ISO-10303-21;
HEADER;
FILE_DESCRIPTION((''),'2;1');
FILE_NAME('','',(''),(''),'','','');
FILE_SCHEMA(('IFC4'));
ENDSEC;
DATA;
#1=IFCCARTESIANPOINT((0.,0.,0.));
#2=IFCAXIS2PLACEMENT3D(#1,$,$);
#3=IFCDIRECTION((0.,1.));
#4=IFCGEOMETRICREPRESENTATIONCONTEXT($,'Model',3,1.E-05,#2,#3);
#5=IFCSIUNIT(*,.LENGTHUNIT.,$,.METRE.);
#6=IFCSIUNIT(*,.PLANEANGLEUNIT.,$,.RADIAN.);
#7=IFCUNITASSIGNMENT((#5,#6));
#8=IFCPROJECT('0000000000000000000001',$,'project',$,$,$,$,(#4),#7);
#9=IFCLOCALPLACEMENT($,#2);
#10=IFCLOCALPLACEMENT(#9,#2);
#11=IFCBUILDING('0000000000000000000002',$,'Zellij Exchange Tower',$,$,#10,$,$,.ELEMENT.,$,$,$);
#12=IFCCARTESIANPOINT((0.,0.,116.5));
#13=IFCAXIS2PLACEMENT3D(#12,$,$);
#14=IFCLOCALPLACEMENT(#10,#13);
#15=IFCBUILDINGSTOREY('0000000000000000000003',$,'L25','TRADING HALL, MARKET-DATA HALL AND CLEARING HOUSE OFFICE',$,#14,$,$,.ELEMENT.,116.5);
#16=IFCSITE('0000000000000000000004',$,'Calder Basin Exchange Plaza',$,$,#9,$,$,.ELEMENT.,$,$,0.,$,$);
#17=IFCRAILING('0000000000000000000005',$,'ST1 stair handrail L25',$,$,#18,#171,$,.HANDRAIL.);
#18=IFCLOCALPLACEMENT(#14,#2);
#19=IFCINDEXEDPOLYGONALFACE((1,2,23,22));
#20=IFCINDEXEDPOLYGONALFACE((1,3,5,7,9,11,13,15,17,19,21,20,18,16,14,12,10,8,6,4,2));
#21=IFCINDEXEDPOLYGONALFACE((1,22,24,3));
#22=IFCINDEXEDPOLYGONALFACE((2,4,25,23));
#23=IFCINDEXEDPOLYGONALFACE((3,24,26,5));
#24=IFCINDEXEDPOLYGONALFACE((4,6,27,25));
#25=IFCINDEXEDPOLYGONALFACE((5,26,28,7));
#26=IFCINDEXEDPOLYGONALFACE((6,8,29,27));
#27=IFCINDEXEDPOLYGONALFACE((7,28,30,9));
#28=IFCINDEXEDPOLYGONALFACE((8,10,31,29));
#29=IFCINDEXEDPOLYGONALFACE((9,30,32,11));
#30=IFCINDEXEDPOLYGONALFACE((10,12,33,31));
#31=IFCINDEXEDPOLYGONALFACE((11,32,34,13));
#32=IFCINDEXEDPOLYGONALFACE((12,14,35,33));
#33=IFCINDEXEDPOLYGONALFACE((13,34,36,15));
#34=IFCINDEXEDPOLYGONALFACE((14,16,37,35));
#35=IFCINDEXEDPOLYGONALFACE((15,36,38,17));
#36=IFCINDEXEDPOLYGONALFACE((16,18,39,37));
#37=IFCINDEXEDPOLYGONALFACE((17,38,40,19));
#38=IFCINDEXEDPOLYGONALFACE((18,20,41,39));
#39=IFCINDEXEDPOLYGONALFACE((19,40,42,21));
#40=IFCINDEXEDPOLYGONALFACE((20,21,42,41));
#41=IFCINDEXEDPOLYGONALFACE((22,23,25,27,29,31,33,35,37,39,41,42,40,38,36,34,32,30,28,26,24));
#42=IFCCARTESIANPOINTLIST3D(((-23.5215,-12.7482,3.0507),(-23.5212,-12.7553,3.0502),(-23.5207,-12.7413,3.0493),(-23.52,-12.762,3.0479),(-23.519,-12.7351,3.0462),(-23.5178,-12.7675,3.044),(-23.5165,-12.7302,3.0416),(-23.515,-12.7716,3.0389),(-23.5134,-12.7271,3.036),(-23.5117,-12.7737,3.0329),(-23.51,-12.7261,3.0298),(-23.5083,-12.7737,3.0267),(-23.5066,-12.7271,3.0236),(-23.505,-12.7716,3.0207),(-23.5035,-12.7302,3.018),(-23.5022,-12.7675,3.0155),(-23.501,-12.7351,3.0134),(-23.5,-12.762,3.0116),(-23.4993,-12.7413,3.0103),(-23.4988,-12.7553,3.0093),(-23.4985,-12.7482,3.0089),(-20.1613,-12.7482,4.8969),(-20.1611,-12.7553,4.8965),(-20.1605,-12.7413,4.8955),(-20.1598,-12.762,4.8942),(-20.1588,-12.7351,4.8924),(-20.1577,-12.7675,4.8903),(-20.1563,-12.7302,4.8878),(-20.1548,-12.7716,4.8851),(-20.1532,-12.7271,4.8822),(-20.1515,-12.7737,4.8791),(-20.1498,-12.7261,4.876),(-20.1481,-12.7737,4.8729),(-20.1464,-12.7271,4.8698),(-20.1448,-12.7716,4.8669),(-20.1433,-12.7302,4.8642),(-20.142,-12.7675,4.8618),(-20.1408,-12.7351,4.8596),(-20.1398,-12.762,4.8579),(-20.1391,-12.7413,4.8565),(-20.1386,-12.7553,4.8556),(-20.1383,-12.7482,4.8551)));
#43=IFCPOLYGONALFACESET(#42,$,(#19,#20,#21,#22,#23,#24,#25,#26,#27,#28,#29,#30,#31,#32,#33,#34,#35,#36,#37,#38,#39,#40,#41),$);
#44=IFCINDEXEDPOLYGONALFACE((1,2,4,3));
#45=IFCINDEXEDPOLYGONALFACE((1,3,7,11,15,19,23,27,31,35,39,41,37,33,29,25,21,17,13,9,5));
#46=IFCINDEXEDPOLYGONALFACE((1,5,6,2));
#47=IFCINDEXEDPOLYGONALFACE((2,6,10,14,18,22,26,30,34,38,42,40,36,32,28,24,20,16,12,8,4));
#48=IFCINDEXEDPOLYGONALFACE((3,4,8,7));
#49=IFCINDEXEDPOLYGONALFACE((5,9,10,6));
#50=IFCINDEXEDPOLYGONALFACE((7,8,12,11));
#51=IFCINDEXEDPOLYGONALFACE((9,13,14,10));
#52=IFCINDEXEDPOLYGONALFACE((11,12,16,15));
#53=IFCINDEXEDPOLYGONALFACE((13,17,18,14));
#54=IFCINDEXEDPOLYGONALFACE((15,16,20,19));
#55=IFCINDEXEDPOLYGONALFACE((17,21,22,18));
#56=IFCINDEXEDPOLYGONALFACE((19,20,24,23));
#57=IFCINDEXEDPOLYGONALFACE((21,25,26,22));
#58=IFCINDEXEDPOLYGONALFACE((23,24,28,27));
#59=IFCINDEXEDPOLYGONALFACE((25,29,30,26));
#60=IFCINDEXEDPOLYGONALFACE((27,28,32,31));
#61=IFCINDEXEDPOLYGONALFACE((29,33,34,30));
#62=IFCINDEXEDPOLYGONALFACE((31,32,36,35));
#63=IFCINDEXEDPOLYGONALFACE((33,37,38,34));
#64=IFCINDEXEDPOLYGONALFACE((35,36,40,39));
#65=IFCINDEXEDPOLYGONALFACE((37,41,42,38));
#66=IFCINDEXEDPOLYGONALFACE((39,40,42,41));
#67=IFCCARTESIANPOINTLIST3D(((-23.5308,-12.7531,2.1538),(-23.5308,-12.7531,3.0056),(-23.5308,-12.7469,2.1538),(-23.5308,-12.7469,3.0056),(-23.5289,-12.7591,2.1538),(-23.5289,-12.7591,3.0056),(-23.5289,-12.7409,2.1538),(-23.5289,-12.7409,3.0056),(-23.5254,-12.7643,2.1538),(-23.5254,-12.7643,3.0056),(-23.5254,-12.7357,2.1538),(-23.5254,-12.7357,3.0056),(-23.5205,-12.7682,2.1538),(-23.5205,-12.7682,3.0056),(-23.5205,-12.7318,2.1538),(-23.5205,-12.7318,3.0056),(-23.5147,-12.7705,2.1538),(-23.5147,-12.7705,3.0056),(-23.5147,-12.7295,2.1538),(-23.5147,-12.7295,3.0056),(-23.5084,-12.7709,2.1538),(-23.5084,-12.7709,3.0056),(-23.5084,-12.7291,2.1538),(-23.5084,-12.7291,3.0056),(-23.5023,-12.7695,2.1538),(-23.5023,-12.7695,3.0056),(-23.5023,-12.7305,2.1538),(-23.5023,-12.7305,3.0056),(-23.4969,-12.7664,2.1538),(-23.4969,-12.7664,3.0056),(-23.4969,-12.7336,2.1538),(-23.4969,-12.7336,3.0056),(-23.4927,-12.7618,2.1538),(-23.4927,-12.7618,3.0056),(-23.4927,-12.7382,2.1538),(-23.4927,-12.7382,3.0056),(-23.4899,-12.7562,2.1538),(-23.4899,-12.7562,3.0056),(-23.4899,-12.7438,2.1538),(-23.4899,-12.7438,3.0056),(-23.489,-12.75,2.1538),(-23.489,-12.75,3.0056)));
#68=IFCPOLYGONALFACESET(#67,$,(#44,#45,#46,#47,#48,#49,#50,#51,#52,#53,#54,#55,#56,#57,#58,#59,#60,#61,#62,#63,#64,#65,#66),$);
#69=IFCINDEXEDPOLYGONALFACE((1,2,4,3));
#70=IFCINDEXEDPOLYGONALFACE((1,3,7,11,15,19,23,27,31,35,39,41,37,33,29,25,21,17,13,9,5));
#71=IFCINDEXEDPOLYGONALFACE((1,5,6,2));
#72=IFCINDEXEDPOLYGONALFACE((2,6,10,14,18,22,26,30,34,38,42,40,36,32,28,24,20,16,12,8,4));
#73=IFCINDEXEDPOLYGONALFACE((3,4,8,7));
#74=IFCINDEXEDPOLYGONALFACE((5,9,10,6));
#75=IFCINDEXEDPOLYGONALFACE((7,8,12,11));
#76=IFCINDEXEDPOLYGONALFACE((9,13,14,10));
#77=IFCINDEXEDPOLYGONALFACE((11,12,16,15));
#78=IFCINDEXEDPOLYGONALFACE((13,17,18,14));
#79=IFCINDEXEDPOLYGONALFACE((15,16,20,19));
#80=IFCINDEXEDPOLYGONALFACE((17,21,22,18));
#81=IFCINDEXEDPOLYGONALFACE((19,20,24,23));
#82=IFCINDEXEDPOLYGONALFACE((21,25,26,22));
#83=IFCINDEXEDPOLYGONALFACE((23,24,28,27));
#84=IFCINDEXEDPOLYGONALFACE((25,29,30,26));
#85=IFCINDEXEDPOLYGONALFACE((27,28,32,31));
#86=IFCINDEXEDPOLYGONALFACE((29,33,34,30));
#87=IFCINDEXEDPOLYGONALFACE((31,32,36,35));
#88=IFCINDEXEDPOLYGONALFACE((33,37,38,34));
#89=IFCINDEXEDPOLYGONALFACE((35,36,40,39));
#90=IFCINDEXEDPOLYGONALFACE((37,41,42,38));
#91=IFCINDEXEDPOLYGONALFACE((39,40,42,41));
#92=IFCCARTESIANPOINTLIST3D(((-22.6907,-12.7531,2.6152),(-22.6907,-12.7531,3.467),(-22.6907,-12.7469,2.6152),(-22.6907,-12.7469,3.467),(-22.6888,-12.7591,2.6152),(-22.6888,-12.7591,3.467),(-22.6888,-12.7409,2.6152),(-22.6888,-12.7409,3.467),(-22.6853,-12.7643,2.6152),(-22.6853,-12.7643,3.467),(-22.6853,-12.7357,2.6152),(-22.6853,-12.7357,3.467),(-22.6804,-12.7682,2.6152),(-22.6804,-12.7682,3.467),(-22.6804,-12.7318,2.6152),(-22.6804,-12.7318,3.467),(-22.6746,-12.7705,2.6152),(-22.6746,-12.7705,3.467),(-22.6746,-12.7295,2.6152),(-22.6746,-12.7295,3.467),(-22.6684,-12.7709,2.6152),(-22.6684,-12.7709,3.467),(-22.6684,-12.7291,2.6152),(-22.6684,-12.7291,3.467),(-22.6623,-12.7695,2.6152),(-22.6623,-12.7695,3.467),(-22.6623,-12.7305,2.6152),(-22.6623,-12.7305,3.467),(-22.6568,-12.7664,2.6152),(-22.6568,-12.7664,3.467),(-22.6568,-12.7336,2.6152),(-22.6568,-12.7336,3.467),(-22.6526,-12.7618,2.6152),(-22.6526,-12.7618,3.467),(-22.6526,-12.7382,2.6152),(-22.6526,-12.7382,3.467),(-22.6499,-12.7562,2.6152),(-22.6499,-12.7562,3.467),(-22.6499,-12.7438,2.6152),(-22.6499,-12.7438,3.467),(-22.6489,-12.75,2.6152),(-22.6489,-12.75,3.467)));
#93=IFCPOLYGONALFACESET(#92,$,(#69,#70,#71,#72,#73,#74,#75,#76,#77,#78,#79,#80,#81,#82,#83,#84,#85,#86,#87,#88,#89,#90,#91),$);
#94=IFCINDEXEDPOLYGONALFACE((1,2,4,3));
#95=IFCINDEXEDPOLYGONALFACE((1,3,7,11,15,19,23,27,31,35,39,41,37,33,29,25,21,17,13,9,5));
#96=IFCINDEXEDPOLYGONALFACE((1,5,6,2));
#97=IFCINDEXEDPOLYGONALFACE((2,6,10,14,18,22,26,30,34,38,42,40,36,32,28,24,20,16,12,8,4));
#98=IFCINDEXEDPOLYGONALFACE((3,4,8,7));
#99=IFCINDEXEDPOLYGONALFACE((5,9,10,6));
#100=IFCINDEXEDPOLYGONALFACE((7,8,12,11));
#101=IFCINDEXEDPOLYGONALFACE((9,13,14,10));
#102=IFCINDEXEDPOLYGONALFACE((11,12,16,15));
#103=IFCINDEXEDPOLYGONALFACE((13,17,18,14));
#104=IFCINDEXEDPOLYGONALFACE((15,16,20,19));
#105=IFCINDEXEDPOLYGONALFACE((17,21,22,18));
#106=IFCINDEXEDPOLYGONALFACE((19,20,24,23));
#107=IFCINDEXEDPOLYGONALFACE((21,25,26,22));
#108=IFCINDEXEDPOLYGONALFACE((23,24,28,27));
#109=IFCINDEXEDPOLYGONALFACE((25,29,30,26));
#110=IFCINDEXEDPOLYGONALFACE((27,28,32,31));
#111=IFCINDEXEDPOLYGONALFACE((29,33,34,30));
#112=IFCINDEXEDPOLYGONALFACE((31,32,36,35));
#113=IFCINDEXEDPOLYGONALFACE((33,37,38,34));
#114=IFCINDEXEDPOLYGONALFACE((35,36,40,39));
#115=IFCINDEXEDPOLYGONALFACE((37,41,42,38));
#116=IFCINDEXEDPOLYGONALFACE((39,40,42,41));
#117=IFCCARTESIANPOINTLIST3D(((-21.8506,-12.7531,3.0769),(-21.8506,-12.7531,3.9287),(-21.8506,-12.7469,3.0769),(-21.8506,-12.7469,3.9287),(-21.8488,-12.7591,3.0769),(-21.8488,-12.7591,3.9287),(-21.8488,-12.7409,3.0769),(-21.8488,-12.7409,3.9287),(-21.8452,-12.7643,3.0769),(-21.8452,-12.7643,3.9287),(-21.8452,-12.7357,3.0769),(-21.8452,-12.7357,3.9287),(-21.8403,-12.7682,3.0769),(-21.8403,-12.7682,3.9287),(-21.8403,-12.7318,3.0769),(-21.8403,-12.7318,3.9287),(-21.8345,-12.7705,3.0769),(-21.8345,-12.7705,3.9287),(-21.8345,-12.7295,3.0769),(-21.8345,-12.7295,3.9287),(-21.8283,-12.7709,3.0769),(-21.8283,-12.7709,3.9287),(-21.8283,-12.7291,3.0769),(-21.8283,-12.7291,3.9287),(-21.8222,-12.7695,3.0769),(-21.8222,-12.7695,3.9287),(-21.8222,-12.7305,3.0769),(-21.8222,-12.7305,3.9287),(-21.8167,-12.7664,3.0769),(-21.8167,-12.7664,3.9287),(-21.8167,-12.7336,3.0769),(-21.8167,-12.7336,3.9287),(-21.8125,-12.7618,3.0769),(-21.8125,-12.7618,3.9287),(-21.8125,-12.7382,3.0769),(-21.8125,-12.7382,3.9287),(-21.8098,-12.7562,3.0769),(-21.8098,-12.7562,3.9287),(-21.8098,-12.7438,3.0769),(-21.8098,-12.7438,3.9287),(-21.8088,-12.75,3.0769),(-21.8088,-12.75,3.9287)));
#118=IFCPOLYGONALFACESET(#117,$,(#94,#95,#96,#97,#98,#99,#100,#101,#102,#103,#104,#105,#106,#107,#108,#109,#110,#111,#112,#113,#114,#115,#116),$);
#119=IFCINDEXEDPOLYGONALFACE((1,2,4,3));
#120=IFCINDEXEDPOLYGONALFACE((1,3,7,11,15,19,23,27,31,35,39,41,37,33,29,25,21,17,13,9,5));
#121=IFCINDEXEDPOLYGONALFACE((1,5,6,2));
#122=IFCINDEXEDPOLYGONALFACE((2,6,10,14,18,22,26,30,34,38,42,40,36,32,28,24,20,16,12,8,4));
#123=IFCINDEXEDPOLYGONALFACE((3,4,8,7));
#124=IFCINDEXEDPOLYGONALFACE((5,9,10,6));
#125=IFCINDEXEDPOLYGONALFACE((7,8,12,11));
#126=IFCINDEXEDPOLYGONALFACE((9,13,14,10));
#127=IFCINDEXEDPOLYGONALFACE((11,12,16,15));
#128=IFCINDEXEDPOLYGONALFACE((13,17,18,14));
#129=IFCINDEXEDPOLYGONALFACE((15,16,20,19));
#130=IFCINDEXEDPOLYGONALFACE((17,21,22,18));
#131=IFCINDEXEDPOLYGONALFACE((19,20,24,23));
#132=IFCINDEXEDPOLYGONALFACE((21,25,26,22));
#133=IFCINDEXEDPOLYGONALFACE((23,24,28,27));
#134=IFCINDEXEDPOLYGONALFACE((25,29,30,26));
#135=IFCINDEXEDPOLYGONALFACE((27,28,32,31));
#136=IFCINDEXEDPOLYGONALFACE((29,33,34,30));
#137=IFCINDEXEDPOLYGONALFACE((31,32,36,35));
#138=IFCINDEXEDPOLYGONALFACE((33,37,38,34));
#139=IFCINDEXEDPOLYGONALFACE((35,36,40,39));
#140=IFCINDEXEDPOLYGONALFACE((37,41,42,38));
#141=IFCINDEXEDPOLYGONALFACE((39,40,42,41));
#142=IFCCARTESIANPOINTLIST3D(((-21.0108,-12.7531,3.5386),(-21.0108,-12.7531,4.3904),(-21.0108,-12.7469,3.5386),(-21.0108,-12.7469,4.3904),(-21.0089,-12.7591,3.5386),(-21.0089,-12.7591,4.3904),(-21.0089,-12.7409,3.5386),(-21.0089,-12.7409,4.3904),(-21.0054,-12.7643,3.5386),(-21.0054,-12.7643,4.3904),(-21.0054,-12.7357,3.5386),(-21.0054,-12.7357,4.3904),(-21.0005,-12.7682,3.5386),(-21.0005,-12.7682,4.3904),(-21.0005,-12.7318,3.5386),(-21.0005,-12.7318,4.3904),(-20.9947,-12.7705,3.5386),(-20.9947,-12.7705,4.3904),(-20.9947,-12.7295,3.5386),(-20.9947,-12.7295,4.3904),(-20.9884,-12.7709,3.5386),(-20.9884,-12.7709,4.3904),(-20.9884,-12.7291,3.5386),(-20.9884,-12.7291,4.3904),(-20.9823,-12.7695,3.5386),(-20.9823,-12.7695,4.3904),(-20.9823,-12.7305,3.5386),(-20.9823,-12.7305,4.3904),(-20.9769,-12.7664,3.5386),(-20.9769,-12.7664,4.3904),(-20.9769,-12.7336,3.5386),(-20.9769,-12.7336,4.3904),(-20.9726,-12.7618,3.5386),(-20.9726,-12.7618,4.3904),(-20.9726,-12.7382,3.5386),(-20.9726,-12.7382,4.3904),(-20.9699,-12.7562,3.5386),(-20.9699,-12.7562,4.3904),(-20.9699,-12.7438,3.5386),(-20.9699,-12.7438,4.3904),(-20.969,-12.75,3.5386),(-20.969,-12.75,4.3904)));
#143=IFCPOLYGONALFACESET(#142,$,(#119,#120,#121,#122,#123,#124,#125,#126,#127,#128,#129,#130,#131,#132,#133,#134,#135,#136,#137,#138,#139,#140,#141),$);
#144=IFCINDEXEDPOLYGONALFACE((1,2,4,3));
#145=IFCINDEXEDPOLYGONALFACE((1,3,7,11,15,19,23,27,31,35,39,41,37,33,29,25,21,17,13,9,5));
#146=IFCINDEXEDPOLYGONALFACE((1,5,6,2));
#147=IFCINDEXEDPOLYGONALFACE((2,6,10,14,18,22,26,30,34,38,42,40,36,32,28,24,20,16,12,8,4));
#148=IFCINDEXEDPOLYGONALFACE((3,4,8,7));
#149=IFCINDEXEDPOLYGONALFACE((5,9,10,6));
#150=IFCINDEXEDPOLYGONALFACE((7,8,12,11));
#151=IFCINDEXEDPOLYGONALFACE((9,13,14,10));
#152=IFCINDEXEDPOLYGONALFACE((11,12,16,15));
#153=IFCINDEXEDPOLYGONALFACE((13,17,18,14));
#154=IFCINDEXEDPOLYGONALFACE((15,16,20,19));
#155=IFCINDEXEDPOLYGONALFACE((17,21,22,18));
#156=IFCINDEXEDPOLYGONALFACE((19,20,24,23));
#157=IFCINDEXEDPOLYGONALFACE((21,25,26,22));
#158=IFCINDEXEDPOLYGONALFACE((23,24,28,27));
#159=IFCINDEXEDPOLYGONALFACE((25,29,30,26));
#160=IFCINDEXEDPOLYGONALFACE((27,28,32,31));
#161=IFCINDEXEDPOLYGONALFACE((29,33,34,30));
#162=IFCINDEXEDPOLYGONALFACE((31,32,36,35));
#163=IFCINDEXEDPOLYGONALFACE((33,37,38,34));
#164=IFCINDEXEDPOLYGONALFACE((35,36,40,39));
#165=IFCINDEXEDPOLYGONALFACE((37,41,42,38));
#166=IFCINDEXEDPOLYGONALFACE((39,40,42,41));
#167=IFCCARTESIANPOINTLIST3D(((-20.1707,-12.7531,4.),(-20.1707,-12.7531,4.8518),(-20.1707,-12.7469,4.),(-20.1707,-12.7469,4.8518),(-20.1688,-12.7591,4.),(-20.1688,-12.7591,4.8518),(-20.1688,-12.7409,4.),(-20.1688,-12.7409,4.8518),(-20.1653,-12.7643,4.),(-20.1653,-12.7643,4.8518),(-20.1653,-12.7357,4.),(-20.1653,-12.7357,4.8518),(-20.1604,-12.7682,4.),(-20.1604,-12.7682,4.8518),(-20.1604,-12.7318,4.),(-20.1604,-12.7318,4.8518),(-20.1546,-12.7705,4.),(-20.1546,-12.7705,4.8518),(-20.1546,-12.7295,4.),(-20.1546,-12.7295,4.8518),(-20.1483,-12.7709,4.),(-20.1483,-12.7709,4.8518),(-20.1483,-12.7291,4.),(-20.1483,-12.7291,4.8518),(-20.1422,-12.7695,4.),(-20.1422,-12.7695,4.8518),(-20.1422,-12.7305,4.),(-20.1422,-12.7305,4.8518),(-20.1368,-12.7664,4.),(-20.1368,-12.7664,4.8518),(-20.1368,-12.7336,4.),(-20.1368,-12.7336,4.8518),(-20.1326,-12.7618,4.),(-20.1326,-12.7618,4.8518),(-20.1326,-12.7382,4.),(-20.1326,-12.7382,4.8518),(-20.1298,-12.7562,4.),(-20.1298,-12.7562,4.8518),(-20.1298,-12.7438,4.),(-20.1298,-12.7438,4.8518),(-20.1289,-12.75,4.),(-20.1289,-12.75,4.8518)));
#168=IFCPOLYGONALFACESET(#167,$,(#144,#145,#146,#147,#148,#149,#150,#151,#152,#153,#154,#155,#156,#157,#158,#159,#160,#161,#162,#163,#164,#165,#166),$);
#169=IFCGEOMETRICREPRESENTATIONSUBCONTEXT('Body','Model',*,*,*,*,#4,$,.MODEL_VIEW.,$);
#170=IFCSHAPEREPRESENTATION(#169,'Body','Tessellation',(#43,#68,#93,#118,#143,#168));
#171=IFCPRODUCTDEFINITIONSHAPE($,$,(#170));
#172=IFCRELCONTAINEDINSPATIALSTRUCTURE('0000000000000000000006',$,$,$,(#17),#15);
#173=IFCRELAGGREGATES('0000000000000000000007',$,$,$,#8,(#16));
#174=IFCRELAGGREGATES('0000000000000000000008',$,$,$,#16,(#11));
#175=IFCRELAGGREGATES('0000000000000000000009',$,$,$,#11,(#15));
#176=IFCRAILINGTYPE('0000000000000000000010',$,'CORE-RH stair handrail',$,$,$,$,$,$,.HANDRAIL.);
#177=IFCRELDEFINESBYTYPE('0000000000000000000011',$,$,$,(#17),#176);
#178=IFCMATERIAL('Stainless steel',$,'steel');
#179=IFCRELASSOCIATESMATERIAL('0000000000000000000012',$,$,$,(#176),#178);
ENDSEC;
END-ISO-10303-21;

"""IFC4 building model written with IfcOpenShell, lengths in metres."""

from ifc_helpers import new_model, si_unit, direction, frame, origin, origin_2d, place, context, subcontext, project, spatial, circle, extrude, material, type_object, element, save


model = new_model("IFC4")

# Units and contexts
model_context = context("Model", 3, precision=1e-05, world=origin(), true_north=direction((0.0, 1.0)))
body_context = subcontext(model_context, "Body", "Model", "MODEL_VIEW")
ifc_project = project(units=[si_unit("LENGTHUNIT", "METRE"), si_unit("PLANEANGLEUNIT", "RADIAN")], contexts=[model_context])

# Site, building, storey
site_placement = place(None, origin())
site = spatial("IfcSite", under=ifc_project, at=site_placement, Name="Calder Basin Exchange Plaza", CompositionType="ELEMENT", RefElevation=0.0)
building_placement = place(site_placement, origin())
building = spatial("IfcBuilding", under=site, at=building_placement, Name="Zellij Exchange Tower", CompositionType="ELEMENT")
storey_placement = place(building_placement, frame((0.0, 0.0, 116.5)))
storey = spatial("IfcBuildingStorey", under=building, at=storey_placement, Name="L25", Description="TRADING HALL, MARKET-DATA HALL AND CLEARING HOUSE OFFICE", CompositionType="ELEMENT", Elevation=116.5)

# Railing
ifc_material_1 = material(Name="Stainless steel", Category="steel")
railing_type = type_object("IfcRailingType", Name="CORE-RH stair handrail", PredefinedType="HANDRAIL", material=ifc_material_1)
railing_placement = place(storey_placement, frame((-23.51, -12.75, 2.1538)))
element("IfcRailing", 1, at=railing_placement, inside=storey, type_object=railing_type, Name="ST1 stair handrail L25", PredefinedType="HANDRAIL", context=body_context, shape_type="SweptSolid", body=[
    extrude(circle(Radius=0.0239, at=origin_2d()), frame((0.0, 0.0, 0.876), z_axis=(0.876422, 0.0, 0.481545), x_axis=(0.0, 1.0, 0.0)), (0.0, 0.0, 1.0), 3.834),
    extrude(circle(Radius=0.021, at=origin_2d()), origin(), (0.0, 0.0, 1.0), 0.8518),
    extrude(circle(Radius=0.021, at=origin_2d()), frame((0.8401, 0.0, 0.4614)), (0.0, 0.0, 1.0), 0.8518),
    extrude(circle(Radius=0.021, at=origin_2d()), frame((1.6802, 0.0, 0.9231)), (0.0, 0.0, 1.0), 0.8518),
    extrude(circle(Radius=0.021, at=origin_2d()), frame((2.52, 0.0, 1.3848)), (0.0, 0.0, 1.0), 0.8518),
    extrude(circle(Radius=0.021, at=origin_2d()), frame((3.3601, 0.0, 1.8462)), (0.0, 0.0, 1.0), 0.8518),
])

save(model, "model.ifc")
